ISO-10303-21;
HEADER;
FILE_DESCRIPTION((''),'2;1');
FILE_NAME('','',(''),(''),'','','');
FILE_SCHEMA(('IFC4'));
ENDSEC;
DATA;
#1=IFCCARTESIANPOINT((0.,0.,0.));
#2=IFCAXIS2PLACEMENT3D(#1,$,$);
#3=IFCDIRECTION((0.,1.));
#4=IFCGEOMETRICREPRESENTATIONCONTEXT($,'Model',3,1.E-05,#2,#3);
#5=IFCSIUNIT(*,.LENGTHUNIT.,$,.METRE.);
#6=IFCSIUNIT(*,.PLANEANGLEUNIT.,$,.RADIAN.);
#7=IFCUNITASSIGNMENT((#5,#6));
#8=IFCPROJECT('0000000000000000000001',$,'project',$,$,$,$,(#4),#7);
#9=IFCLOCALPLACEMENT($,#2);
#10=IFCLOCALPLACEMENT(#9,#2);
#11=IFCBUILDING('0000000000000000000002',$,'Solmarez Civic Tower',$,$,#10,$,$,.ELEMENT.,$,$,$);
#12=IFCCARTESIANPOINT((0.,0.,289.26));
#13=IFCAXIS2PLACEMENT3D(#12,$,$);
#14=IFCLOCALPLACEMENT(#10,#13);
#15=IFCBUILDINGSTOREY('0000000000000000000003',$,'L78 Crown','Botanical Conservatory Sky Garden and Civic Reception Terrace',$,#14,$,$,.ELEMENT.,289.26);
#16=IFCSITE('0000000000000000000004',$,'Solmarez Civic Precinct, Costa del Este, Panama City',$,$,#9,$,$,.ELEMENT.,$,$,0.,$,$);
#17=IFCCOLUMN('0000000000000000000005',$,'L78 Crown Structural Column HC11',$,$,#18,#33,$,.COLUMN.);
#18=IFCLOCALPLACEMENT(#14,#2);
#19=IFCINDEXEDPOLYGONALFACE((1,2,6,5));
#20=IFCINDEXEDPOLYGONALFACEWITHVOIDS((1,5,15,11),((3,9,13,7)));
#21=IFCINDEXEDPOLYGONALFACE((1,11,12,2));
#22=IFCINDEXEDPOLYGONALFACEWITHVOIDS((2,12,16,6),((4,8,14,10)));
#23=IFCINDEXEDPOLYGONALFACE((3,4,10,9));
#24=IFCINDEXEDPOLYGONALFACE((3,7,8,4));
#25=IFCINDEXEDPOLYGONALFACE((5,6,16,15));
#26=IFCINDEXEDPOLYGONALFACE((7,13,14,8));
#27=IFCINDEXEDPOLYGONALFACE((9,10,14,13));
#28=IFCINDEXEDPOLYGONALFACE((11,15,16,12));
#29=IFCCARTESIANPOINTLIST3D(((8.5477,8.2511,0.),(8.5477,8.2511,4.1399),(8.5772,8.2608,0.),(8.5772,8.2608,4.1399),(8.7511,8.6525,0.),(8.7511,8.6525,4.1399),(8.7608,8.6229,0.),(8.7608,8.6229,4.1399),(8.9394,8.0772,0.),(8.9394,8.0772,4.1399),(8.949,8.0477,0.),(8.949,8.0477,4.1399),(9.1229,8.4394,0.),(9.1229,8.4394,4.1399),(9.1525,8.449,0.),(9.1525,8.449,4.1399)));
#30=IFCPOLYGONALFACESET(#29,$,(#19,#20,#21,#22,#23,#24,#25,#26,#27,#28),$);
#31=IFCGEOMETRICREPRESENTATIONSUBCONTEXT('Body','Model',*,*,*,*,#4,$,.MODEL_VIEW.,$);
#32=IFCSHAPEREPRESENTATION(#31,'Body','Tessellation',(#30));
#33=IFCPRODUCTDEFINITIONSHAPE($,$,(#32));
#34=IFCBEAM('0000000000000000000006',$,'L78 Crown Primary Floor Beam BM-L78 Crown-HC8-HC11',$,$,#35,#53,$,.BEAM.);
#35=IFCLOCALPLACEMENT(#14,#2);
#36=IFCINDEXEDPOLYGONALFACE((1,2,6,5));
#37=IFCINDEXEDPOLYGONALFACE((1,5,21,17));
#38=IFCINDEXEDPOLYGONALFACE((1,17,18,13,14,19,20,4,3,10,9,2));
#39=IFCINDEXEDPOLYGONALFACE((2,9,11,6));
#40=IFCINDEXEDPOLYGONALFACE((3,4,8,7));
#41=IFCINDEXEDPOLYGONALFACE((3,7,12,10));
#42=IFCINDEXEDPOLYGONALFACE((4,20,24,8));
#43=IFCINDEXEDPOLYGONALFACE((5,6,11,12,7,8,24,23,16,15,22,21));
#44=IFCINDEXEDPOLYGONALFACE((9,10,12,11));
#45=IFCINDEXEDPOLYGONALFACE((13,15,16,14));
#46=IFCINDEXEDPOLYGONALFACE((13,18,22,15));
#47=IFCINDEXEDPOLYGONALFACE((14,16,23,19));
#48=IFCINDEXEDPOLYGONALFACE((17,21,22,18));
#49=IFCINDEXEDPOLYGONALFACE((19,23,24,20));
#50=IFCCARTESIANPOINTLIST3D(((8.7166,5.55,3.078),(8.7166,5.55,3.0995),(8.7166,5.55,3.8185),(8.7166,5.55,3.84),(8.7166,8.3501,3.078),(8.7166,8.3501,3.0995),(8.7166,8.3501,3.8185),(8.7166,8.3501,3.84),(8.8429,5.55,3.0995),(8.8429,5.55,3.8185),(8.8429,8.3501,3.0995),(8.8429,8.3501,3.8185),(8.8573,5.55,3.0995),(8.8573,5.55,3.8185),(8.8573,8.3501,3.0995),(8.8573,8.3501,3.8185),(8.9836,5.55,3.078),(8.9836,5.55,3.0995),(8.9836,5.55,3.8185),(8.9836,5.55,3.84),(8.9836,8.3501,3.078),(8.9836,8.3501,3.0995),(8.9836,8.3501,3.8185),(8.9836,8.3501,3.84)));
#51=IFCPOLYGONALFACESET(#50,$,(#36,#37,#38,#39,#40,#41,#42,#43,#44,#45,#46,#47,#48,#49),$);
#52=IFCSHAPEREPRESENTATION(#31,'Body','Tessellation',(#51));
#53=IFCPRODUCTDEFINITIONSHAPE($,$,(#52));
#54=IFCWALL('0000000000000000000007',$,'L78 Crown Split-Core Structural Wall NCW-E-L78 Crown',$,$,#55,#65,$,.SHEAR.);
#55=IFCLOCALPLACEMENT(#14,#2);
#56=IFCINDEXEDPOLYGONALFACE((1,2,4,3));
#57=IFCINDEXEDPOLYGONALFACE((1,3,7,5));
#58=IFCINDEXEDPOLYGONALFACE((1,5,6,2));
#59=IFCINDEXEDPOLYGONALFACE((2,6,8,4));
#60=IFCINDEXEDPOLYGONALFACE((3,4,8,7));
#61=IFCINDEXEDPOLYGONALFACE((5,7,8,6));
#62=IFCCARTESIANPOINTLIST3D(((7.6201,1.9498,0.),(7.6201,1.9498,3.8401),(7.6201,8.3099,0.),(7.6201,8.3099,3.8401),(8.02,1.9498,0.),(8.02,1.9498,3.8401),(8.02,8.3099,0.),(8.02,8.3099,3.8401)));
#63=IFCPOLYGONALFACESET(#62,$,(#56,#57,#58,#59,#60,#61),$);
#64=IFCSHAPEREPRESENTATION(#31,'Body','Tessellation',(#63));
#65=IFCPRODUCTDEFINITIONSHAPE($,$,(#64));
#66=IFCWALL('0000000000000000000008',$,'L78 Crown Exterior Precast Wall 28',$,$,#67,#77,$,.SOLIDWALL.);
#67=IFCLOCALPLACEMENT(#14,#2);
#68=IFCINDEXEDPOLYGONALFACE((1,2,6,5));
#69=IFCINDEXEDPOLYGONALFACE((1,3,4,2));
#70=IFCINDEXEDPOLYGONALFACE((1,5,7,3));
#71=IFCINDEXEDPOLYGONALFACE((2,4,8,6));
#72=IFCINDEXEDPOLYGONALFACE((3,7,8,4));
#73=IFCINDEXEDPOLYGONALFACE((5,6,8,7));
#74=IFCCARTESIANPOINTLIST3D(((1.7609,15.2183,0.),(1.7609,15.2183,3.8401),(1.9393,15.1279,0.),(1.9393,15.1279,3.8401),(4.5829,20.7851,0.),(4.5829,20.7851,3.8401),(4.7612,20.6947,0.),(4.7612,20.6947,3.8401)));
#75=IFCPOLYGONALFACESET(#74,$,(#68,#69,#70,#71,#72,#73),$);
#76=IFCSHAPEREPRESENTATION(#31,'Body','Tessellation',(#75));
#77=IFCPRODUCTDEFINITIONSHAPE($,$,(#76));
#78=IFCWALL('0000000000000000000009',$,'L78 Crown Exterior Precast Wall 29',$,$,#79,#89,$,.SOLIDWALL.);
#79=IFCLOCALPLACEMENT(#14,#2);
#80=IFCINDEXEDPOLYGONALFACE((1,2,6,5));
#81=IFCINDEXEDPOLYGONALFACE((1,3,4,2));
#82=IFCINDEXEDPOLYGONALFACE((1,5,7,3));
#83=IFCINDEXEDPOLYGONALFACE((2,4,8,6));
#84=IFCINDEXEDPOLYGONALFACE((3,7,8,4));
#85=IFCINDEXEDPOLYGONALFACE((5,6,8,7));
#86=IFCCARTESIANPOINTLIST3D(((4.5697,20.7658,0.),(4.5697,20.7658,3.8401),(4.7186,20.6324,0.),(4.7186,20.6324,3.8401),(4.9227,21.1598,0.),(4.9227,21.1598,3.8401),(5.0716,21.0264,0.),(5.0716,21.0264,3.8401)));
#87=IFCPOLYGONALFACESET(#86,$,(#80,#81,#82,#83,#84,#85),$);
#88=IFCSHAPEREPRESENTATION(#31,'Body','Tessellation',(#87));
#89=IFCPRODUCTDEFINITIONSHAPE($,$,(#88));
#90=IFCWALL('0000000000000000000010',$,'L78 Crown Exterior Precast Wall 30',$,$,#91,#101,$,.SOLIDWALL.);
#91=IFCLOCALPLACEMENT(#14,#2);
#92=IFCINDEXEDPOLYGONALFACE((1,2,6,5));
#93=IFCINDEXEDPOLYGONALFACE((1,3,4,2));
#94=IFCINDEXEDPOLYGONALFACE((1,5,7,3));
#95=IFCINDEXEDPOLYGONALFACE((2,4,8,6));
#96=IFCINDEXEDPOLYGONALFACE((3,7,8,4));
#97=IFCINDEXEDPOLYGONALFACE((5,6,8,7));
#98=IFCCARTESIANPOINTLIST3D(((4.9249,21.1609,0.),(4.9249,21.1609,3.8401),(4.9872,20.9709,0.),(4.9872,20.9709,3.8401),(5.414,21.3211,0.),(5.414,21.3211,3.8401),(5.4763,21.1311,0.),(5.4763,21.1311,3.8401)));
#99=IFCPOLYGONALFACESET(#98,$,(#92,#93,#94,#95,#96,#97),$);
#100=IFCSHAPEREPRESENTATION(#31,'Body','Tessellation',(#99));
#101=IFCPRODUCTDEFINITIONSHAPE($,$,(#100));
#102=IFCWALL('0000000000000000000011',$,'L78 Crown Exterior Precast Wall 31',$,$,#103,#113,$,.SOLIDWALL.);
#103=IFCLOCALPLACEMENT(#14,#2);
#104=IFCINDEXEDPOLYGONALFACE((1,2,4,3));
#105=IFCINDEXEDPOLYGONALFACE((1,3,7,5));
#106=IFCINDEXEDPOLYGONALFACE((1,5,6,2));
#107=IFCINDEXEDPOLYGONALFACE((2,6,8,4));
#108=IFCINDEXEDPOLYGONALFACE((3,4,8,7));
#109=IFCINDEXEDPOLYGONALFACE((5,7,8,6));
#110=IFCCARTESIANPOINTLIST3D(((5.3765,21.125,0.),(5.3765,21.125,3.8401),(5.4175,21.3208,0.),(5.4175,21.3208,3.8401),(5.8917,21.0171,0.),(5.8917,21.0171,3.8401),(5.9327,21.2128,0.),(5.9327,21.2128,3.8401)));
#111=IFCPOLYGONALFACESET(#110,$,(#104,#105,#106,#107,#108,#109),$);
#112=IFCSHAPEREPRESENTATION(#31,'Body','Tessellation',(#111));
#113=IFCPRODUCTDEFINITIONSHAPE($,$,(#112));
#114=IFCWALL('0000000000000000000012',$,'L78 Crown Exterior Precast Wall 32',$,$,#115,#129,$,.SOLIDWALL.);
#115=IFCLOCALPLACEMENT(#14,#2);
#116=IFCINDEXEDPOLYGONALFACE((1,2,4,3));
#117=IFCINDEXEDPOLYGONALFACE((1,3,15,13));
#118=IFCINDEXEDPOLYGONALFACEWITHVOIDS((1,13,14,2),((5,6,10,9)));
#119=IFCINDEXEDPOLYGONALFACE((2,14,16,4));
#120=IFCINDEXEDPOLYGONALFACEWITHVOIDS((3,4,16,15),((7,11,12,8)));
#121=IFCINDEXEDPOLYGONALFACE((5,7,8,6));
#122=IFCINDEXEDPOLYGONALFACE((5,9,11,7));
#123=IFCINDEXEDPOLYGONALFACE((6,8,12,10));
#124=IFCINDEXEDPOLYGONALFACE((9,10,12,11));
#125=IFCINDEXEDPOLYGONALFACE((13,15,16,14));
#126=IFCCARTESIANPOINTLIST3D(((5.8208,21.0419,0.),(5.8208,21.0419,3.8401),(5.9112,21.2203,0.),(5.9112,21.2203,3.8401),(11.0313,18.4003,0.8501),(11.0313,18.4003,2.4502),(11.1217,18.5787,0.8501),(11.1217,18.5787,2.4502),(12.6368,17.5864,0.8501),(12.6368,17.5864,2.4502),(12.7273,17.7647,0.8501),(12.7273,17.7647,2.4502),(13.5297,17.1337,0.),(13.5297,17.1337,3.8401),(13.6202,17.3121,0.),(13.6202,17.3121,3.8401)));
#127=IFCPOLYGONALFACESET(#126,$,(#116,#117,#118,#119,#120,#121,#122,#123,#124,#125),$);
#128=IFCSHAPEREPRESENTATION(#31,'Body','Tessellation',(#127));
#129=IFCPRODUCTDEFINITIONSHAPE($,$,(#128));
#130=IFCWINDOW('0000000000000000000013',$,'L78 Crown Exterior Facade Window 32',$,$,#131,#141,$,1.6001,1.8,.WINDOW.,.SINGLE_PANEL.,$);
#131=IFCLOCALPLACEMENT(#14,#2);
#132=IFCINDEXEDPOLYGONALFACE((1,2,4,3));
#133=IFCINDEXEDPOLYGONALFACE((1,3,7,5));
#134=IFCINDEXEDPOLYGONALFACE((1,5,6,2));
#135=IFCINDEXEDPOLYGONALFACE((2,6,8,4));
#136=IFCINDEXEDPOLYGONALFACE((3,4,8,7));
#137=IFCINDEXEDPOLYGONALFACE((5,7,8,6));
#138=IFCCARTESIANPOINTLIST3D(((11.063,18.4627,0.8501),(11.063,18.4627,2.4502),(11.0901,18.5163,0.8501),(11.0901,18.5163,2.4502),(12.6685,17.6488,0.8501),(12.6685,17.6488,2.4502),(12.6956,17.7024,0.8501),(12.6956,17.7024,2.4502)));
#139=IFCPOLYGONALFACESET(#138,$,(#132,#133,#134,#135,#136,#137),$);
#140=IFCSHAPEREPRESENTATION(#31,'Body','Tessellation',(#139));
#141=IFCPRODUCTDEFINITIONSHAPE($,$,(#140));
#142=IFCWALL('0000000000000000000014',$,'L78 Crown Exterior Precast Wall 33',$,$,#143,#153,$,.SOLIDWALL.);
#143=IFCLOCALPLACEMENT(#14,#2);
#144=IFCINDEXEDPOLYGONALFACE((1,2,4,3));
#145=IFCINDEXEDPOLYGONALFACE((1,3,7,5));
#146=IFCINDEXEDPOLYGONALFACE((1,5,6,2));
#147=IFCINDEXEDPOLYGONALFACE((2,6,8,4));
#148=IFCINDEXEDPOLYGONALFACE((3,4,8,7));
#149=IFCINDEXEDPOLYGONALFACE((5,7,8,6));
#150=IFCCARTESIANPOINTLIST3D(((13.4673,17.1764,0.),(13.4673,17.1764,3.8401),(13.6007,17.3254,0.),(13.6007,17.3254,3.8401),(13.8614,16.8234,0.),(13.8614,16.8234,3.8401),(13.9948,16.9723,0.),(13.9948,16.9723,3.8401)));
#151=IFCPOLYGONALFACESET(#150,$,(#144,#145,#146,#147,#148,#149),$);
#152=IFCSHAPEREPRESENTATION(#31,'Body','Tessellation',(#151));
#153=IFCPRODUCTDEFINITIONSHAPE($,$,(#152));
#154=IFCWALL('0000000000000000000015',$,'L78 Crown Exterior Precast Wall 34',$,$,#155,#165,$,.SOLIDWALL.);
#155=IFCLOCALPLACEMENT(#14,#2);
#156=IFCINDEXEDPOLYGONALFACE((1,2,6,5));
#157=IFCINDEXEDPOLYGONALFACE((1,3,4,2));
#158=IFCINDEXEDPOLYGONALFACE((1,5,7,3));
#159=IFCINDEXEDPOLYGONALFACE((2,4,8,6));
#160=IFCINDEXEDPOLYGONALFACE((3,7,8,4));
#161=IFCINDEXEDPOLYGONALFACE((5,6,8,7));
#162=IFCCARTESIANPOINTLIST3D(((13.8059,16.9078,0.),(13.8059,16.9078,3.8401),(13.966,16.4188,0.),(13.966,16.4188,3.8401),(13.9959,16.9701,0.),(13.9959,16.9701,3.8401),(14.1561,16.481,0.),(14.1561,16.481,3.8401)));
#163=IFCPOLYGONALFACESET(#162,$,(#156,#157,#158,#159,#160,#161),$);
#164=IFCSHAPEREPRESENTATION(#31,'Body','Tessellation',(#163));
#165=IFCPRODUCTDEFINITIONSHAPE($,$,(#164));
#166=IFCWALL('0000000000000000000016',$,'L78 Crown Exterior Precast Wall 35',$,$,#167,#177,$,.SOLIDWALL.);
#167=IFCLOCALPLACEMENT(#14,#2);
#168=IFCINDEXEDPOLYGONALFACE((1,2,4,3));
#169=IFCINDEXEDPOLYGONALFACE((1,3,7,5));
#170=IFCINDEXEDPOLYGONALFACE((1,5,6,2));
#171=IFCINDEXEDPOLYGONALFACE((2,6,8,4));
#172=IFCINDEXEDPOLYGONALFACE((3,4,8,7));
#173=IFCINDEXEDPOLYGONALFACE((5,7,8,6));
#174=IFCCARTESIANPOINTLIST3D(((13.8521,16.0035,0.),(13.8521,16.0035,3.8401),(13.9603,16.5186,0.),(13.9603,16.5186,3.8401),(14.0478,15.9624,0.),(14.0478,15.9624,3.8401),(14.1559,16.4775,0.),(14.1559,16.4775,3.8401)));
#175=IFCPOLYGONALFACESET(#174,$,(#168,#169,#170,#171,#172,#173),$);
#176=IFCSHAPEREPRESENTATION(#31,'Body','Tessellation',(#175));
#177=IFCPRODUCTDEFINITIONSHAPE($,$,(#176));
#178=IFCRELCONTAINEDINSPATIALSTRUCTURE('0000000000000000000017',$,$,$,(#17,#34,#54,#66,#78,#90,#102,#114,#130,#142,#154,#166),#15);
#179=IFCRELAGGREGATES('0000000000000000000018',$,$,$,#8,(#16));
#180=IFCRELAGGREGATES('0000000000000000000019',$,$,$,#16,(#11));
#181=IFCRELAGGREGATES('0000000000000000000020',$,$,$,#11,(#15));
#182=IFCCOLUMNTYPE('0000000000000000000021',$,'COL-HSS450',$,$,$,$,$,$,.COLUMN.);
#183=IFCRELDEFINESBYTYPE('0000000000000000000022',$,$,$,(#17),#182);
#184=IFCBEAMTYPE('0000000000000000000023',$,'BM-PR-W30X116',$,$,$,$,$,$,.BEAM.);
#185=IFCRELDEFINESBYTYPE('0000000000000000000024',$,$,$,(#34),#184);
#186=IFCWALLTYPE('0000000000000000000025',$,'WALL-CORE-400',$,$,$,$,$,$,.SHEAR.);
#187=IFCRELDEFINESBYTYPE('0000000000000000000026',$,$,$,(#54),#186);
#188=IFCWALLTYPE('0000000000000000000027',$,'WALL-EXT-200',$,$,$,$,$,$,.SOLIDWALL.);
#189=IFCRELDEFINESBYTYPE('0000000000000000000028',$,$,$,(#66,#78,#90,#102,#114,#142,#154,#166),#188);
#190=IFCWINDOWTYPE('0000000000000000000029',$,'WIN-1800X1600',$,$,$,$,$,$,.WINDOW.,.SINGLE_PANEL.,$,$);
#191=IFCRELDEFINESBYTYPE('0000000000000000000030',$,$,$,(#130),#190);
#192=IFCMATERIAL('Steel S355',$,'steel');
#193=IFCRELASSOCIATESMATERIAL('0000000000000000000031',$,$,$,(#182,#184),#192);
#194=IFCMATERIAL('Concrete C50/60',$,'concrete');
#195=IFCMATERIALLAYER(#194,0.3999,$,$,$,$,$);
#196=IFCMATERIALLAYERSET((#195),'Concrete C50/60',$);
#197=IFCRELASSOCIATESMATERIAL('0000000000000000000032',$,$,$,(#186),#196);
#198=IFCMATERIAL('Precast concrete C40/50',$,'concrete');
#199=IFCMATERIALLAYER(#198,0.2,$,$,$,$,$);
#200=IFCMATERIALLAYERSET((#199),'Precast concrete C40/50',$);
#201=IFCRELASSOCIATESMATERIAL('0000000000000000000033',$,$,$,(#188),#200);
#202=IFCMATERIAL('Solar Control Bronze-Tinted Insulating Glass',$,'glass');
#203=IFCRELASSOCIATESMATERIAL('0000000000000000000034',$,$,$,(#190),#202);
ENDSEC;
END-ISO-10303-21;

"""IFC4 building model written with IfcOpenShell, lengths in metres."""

from ifc_helpers import new_model, si_unit, direction, frame, frame_2d, origin, origin_2d, place, context, subcontext, project, spatial, rectangle, hollow_rectangle, i_section, extrude, material, layer, layer_set, material_profile, profile_set, type_object, element, fill, save


model = new_model("IFC4")

# Units and contexts
model_context = context("Model", 3, precision=1e-05, world=origin(), true_north=direction((0.0, 1.0)))
body_context = subcontext(model_context, "Body", "Model", "MODEL_VIEW")
ifc_project = project(units=[si_unit("LENGTHUNIT", "METRE"), si_unit("PLANEANGLEUNIT", "RADIAN")], contexts=[model_context])

# Site, building, storey
site_placement = place(None, origin())
site = spatial("IfcSite", under=ifc_project, at=site_placement, Name="Solmarez Civic Precinct, Costa del Este, Panama City", CompositionType="ELEMENT", RefElevation=0.0)
building_placement = place(site_placement, origin())
building = spatial("IfcBuilding", under=site, at=building_placement, Name="Solmarez Civic Tower", CompositionType="ELEMENT")
storey_placement = place(building_placement, frame((0.0, 0.0, 289.26)))
storey = spatial("IfcBuildingStorey", under=building, at=storey_placement, Name="L78 Crown", Description="Botanical Conservatory Sky Garden and Civic Reception Terrace", CompositionType="ELEMENT", Elevation=289.26)

# Column
ifc_material_1 = material(Name="Steel S355", Category="steel")
ifc_material_profile_1 = material_profile(ifc_material_1, hollow_rectangle(XDim=0.45, YDim=0.45, WallThickness=0.022, at=origin_2d()), Name="HSS450X450X22")
ifc_profile_set_1 = profile_set([ifc_material_profile_1], Name="Steel S355")
column_type = type_object("IfcColumnType", Name="COL-HSS450", PredefinedType="COLUMN", material=ifc_profile_set_1)
column_placement = place(storey_placement, frame((8.8501, 8.3501, 0.0), z_axis=(0.0, 0.0, 1.0), x_axis=(0.452123, 0.891955, 0.0)))
element("IfcColumn", 1, at=column_placement, inside=storey, type_object=column_type, Name="L78 Crown Structural Column HC11", PredefinedType="COLUMN", context=body_context, shape_type="SweptSolid", body=[
    extrude(hollow_rectangle(XDim=0.45, YDim=0.45, WallThickness=0.022, at=origin_2d()), origin(), (0.0, 0.0, 1.0), 4.1399),
])

# Beam
ifc_material_profile_2 = material_profile(ifc_material_1, i_section(OverallWidth=0.2671, OverallDepth=0.762, WebThickness=0.0144, FlangeThickness=0.0215, at=origin_2d()), Name="W30X116")
ifc_profile_set_2 = profile_set([ifc_material_profile_2], Name="Steel S355")
beam_type = type_object("IfcBeamType", Name="BM-PR-W30X116", PredefinedType="BEAM", material=ifc_profile_set_2)
beam_placement = place(storey_placement, frame((8.8501, 5.55, 3.459), z_axis=(0.0, 1.0, 0.0), x_axis=(-1.0, 0.0, 0.0)))
element("IfcBeam", 2, at=beam_placement, inside=storey, type_object=beam_type, Name="L78 Crown Primary Floor Beam BM-L78 Crown-HC8-HC11", PredefinedType="BEAM", context=body_context, shape_type="SweptSolid", body=[
    extrude(i_section(OverallWidth=0.2671, OverallDepth=0.762, WebThickness=0.0144, FlangeThickness=0.0215, at=origin_2d()), origin(), (0.0, 0.0, 1.0), 2.8),
])

# Walls
ifc_material_2 = material(Name="Concrete C50/60", Category="concrete")
ifc_layer_1 = layer(ifc_material_2, 0.3999)
ifc_layer_set_1 = layer_set([ifc_layer_1], Name="Concrete C50/60")
wall_type_1 = type_object("IfcWallType", Name="WALL-CORE-400", PredefinedType="SHEAR", material=ifc_layer_set_1)
wall_1_placement = place(storey_placement, frame((7.8201, 8.3101, 0.0), z_axis=(0.0, 0.0, 1.0), x_axis=(0.0, -1.0, 0.0)))
element("IfcWall", 3, at=wall_1_placement, inside=storey, type_object=wall_type_1, Name="L78 Crown Split-Core Structural Wall NCW-E-L78 Crown", PredefinedType="SHEAR", context=body_context, shape_type="SweptSolid", body=[
    extrude(rectangle(XDim=6.3601, YDim=0.3999, at=frame_2d((3.1802, 0.0))), origin(), (0.0, 0.0, 1.0), 3.8401),
])
ifc_material_3 = material(Name="Precast concrete C40/50", Category="concrete")
ifc_layer_2 = layer(ifc_material_3, 0.2)
ifc_layer_set_2 = layer_set([ifc_layer_2], Name="Precast concrete C40/50")
wall_type_2 = type_object("IfcWallType", Name="WALL-EXT-200", PredefinedType="SOLIDWALL", material=ifc_layer_set_2)
wall_2_placement = place(storey_placement, frame((1.8501, 15.1731, 0.0), z_axis=(0.0, 0.0, 1.0), x_axis=(0.452151, 0.891941, 0.0)))
element("IfcWall", 4, at=wall_2_placement, inside=storey, type_object=wall_type_2, Name="L78 Crown Exterior Precast Wall 28", PredefinedType="SOLIDWALL", context=body_context, shape_type="SweptSolid", body=[
    extrude(rectangle(XDim=6.2412, YDim=0.2, at=frame_2d((3.1206, 0.0))), origin(), (0.0, 0.0, 1.0), 3.8401),
])
wall_3_placement = place(storey_placement, frame((4.644, 20.699, 0.0), z_axis=(0.0, 0.0, 1.0), x_axis=(0.66728, 0.744807, 0.0)))
element("IfcWall", 5, at=wall_3_placement, inside=storey, type_object=wall_type_2, Name="L78 Crown Exterior Precast Wall 29", PredefinedType="SOLIDWALL", context=body_context, shape_type="SweptSolid", body=[
    extrude(rectangle(XDim=0.5291, YDim=0.2, at=frame_2d((0.2646, 0.0))), origin(), (0.0, 0.0, 1.0), 3.8401),
])
wall_4_placement = place(storey_placement, frame((4.9561, 21.0659, 0.0), z_axis=(0.0, 0.0, 1.0), x_axis=(0.950331, 0.311242, 0.0)))
element("IfcWall", 6, at=wall_4_placement, inside=storey, type_object=wall_type_2, Name="L78 Crown Exterior Precast Wall 30", PredefinedType="SOLIDWALL", context=body_context, shape_type="SweptSolid", body=[
    extrude(rectangle(XDim=0.5146, YDim=0.2, at=frame_2d((0.2573, 0.0))), origin(), (0.0, 0.0, 1.0), 3.8401),
])
wall_5_placement = place(storey_placement, frame((5.397, 21.2229, 0.0), z_axis=(0.0, 0.0, 1.0), x_axis=(0.978756, -0.205029, 0.0)))
element("IfcWall", 7, at=wall_5_placement, inside=storey, type_object=wall_type_2, Name="L78 Crown Exterior Precast Wall 31", PredefinedType="SOLIDWALL", context=body_context, shape_type="SweptSolid", body=[
    extrude(rectangle(XDim=0.5264, YDim=0.2, at=frame_2d((0.2632, 0.0))), origin(), (0.0, 0.0, 1.0), 3.8401),
])

# Wall, opening, window
wall_6_placement = place(storey_placement, frame((5.866, 21.1311, 0.0), z_axis=(0.0, 0.0, 1.0), x_axis=(0.891928, -0.452178, 0.0)))
wall_6 = element("IfcWall", 8, at=wall_6_placement, inside=storey, type_object=wall_type_2, Name="L78 Crown Exterior Precast Wall 32", PredefinedType="SOLIDWALL", context=body_context, shape_type="SweptSolid", body=[
    extrude(rectangle(XDim=8.6431, YDim=0.2, at=frame_2d((4.3215, 0.0))), origin(), (0.0, 0.0, 1.0), 3.8401),
])
opening_1_placement = place(wall_6_placement, frame((5.842, 0.0, 0.8501)))
opening_1 = element("IfcOpeningElement", 9, at=opening_1_placement, cuts=wall_6, PredefinedType="OPENING", context=body_context, shape_type="SweptSolid", body=[
    extrude(rectangle(XDim=1.8, YDim=1.6001, at=frame_2d((0.8999, 0.8))), frame((0.0, 0.1099, 0.0), z_axis=(0.0, -1.0, 0.0), x_axis=(1.0, 0.0, 0.0)), (0.0, 0.0, 1.0), 0.22),
])
ifc_material_4 = material(Name="Solar Control Bronze-Tinted Insulating Glass", Category="glass")
window_type_1 = type_object("IfcWindowType", Name="WIN-1800X1600", PartitioningType="SINGLE_PANEL", PredefinedType="WINDOW", material=ifc_material_4)
window_1_placement = place(opening_1_placement, origin())
window_1 = element("IfcWindow", 10, at=window_1_placement, inside=storey, type_object=window_type_1, Name="L78 Crown Exterior Facade Window 32", OverallHeight=1.6001, OverallWidth=1.8, PartitioningType="SINGLE_PANEL", PredefinedType="WINDOW", context=body_context, shape_type="SweptSolid", body=[
    extrude(rectangle(XDim=1.8, YDim=1.6001, at=frame_2d((0.8999, 0.8))), frame((0.0, 0.03, 0.0), z_axis=(0.0, -1.0, 0.0), x_axis=(1.0, 0.0, 0.0)), (0.0, 0.0, 1.0), 0.0601),
])
fill(opening_1, window_1)

# Walls
wall_7_placement = place(storey_placement, frame((13.5339, 17.251, 0.0), z_axis=(0.0, 0.0, 1.0), x_axis=(0.744807, -0.66728, 0.0)))
element("IfcWall", 11, at=wall_7_placement, inside=storey, type_object=wall_type_2, Name="L78 Crown Exterior Precast Wall 33", PredefinedType="SOLIDWALL", context=body_context, shape_type="SweptSolid", body=[
    extrude(rectangle(XDim=0.5291, YDim=0.2, at=frame_2d((0.2646, 0.0))), origin(), (0.0, 0.0, 1.0), 3.8401),
])
wall_8_placement = place(storey_placement, frame((13.9009, 16.939, 0.0), z_axis=(0.0, 0.0, 1.0), x_axis=(0.311242, -0.950331, 0.0)))
element("IfcWall", 12, at=wall_8_placement, inside=storey, type_object=wall_type_2, Name="L78 Crown Exterior Precast Wall 34", PredefinedType="SOLIDWALL", context=body_context, shape_type="SweptSolid", body=[
    extrude(rectangle(XDim=0.5146, YDim=0.2, at=frame_2d((0.2573, 0.0))), origin(), (0.0, 0.0, 1.0), 3.8401),
])
wall_9_placement = place(storey_placement, frame((14.0581, 16.498, 0.0), z_axis=(0.0, 0.0, 1.0), x_axis=(-0.205473, -0.978663, 0.0)))
element("IfcWall", 13, at=wall_9_placement, inside=storey, type_object=wall_type_2, Name="L78 Crown Exterior Precast Wall 35", PredefinedType="SOLIDWALL", context=body_context, shape_type="SweptSolid", body=[
    extrude(rectangle(XDim=0.5264, YDim=0.2, at=frame_2d((0.2632, 0.0))), origin(), (0.0, 0.0, 1.0), 3.8401),
])

save(model, "model.ifc")
